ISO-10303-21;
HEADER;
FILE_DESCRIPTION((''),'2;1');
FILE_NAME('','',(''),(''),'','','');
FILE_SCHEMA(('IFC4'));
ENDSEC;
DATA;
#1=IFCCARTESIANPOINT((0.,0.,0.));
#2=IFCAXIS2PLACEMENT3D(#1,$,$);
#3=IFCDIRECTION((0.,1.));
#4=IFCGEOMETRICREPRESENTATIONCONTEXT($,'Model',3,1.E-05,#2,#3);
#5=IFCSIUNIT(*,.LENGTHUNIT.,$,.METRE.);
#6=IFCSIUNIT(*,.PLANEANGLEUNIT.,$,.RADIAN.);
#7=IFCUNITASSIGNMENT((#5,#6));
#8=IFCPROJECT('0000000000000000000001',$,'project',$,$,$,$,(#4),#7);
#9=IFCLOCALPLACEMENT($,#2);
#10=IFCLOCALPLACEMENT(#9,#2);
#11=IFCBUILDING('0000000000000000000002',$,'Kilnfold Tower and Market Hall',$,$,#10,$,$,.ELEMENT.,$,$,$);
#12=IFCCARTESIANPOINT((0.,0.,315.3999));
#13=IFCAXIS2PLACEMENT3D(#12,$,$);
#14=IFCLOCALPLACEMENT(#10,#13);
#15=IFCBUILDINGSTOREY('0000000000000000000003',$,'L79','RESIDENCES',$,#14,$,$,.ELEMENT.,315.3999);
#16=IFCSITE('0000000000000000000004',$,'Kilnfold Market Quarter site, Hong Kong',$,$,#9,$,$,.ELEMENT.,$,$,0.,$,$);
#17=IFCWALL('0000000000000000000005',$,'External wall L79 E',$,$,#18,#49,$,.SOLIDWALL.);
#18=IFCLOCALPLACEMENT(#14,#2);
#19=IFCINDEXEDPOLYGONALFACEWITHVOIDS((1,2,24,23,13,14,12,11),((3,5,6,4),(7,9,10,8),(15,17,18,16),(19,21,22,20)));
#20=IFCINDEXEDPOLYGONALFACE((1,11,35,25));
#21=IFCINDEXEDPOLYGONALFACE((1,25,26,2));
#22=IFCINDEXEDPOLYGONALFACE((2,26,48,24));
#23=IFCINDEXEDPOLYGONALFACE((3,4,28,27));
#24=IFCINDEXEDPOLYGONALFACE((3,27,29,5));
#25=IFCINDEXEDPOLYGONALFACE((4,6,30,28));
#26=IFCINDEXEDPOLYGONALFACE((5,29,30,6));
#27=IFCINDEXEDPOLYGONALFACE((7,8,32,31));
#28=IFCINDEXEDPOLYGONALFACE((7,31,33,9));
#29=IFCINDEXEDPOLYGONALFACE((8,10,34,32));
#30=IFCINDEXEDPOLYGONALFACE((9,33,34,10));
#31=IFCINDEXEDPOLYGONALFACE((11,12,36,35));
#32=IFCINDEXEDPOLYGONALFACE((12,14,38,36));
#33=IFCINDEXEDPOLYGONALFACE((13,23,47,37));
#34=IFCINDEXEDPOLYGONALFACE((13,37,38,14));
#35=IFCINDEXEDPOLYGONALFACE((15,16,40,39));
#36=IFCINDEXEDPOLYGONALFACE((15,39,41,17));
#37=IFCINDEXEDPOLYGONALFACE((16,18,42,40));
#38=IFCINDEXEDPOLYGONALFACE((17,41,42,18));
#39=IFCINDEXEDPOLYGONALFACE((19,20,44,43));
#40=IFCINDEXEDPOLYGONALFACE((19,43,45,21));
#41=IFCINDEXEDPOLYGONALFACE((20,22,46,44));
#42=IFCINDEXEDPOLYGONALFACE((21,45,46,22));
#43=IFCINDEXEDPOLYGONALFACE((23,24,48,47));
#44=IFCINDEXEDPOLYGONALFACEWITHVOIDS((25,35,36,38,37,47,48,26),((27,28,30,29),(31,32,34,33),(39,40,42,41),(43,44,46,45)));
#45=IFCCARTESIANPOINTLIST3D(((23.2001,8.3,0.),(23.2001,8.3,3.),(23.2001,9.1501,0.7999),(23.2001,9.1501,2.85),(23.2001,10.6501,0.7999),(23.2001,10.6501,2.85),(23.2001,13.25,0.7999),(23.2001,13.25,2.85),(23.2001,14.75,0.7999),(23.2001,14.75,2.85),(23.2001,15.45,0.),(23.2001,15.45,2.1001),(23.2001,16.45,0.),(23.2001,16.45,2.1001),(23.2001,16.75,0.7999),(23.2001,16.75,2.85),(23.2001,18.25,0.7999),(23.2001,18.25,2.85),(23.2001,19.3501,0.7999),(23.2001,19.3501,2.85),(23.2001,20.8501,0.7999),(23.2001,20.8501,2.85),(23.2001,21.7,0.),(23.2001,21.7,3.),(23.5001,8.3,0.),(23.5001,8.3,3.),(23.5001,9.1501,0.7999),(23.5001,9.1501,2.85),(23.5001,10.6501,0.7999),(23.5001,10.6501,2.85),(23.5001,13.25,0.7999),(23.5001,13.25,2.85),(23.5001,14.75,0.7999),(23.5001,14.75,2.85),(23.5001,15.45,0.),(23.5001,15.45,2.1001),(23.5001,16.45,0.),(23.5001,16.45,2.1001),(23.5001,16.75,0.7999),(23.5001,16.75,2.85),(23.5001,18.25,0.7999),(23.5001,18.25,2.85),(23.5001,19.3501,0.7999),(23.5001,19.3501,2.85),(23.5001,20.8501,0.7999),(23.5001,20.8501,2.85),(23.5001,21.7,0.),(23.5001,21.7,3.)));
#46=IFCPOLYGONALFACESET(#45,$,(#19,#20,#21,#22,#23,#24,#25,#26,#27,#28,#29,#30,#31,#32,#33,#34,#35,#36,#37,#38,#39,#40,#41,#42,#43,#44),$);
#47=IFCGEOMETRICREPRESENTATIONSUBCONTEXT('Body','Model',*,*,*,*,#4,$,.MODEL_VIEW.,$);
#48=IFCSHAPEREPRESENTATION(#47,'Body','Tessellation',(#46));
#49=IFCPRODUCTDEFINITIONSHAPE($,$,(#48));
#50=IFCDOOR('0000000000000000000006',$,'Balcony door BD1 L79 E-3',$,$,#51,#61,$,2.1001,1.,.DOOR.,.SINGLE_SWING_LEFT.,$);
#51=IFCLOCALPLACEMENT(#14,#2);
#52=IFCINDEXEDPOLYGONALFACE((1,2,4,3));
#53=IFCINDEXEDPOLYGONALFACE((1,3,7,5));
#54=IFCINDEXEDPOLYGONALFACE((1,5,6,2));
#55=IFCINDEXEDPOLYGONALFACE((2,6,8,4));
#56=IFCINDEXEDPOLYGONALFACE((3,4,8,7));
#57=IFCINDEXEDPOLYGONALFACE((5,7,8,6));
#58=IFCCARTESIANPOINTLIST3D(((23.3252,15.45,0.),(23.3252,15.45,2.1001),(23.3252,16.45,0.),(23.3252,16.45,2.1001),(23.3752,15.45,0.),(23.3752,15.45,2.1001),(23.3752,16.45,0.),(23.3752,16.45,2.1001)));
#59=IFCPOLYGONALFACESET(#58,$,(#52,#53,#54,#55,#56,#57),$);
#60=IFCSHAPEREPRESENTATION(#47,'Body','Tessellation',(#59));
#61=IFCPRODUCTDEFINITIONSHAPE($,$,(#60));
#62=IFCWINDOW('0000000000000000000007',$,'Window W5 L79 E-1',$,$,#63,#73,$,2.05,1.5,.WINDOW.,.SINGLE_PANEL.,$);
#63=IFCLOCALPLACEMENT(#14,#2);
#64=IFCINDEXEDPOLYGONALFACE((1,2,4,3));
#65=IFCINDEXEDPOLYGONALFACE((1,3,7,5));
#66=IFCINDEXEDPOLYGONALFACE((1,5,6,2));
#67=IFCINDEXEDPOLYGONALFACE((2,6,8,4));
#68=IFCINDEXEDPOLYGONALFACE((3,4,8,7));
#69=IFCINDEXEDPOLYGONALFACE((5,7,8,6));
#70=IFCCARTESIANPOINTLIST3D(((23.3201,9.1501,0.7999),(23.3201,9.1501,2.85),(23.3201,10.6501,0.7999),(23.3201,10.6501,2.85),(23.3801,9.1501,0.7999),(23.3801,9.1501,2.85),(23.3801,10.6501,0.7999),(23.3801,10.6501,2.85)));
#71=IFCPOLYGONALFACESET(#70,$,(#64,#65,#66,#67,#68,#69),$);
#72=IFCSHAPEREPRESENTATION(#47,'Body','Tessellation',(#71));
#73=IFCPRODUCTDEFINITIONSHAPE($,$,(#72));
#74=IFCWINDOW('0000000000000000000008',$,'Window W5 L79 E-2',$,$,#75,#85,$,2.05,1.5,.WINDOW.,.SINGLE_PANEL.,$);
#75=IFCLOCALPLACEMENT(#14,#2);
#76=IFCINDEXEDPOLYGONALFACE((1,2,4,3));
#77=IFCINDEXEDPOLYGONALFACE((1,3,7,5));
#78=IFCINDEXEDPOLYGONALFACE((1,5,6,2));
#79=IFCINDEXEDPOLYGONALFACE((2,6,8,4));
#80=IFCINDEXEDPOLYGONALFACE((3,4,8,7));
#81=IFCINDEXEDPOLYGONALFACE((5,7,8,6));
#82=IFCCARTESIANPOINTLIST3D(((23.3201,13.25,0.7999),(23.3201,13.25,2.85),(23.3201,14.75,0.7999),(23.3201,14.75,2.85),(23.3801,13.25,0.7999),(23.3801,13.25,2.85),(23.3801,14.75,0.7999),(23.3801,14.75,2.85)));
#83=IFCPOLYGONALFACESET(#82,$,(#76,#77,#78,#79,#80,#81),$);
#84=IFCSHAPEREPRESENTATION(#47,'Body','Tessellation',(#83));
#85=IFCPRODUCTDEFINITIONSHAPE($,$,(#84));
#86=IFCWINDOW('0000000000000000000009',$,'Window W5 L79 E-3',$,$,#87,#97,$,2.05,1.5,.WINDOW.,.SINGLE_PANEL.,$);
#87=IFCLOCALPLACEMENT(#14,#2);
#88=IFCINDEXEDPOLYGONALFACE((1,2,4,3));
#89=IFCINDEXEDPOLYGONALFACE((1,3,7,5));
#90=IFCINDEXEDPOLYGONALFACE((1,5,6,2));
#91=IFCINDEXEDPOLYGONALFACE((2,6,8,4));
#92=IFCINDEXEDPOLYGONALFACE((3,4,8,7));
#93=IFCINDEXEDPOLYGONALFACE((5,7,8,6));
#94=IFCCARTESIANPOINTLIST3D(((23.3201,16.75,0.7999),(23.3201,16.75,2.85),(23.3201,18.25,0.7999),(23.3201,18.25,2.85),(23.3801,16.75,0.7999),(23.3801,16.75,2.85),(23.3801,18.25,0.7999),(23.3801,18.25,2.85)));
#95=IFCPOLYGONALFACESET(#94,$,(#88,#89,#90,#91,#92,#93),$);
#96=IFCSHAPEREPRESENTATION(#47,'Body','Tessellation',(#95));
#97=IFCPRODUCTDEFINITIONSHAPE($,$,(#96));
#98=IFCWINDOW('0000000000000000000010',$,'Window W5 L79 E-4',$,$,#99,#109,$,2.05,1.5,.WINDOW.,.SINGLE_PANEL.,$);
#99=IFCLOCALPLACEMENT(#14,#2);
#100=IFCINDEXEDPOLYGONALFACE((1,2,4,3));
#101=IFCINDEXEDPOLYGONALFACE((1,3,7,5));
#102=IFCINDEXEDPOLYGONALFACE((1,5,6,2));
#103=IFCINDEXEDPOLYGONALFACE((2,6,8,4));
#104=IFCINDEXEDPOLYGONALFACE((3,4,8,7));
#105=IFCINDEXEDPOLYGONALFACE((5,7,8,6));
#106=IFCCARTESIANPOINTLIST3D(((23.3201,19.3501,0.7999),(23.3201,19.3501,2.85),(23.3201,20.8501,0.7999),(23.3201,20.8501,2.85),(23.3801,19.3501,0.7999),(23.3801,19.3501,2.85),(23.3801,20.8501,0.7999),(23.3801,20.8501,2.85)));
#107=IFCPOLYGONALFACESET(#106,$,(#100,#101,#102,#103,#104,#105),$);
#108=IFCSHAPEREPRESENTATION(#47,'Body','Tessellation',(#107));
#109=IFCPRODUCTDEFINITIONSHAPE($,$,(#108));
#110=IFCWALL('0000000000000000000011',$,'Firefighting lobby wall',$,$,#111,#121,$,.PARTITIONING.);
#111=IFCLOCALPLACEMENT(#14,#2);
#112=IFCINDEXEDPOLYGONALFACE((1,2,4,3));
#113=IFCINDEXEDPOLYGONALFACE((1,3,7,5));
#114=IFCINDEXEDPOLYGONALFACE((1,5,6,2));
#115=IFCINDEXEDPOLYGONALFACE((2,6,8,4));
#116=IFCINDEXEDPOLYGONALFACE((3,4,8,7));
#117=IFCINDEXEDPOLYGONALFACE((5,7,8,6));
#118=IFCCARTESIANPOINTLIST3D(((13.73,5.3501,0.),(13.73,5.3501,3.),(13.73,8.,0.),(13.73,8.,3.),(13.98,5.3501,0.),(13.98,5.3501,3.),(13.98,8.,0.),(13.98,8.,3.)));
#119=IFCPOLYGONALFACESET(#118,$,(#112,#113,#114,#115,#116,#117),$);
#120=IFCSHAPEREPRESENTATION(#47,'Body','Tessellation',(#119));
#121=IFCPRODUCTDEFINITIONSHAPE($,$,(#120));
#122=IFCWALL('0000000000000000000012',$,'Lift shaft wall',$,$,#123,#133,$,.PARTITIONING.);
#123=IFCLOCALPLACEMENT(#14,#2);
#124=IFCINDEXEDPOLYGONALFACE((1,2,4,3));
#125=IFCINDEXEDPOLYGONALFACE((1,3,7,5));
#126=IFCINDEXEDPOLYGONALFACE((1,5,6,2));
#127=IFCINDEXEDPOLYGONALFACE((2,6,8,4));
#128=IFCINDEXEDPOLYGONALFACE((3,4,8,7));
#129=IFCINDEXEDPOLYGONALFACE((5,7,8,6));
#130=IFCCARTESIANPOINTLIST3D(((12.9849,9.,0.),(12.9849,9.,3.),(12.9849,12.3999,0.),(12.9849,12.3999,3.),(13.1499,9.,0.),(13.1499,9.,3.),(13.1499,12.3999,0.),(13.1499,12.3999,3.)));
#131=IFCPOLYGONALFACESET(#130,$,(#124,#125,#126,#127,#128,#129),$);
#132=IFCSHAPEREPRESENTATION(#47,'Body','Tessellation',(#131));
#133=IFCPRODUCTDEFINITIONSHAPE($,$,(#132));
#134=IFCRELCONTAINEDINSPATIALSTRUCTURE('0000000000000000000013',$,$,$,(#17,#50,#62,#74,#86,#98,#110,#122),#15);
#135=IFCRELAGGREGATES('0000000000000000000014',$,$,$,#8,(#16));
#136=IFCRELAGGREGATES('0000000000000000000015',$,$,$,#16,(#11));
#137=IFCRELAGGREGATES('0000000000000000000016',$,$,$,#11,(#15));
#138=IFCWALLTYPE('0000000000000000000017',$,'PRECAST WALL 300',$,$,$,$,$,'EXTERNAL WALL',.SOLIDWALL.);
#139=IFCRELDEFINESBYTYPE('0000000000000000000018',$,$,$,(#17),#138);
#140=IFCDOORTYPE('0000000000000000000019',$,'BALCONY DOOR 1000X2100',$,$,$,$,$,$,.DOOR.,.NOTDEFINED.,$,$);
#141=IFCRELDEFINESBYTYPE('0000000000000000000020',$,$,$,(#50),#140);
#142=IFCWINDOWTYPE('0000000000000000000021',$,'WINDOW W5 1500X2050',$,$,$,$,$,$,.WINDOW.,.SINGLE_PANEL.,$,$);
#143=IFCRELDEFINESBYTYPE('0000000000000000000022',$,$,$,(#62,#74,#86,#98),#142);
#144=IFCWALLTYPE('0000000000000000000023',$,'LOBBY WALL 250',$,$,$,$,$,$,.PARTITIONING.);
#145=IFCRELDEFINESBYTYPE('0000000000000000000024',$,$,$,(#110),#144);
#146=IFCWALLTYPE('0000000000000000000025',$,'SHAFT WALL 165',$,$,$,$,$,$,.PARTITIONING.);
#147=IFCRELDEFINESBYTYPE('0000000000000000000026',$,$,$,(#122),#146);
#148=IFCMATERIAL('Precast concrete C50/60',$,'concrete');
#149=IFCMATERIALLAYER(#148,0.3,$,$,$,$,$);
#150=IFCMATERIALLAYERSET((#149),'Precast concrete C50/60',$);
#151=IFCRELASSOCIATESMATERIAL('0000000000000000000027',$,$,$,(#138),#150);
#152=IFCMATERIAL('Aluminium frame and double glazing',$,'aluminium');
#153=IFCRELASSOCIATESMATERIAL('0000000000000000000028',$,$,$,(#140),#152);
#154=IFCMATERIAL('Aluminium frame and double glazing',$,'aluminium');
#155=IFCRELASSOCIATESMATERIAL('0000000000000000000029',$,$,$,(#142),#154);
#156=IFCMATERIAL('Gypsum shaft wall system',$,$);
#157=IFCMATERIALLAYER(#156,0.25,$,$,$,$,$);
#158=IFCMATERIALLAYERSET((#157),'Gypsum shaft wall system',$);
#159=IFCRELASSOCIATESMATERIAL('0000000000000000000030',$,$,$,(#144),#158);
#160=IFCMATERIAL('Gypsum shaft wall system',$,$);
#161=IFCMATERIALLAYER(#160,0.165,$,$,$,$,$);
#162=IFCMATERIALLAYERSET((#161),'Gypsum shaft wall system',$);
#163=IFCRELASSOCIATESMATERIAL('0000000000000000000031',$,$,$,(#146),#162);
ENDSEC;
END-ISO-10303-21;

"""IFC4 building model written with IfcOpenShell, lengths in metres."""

from ifc_helpers import new_model, si_unit, direction, frame, frame_2d, origin, place, context, subcontext, project, spatial, rectangle, extrude, source, transform, mapped, material, layer, layer_set, type_object, element, fill, save


model = new_model("IFC4")

# Units and contexts
model_context = context("Model", 3, precision=1e-05, world=origin(), true_north=direction((0.0, 1.0)))
body_context = subcontext(model_context, "Body", "Model", "MODEL_VIEW")
ifc_project = project(units=[si_unit("LENGTHUNIT", "METRE"), si_unit("PLANEANGLEUNIT", "RADIAN")], contexts=[model_context])

# Site, building, storey
site_placement = place(None, origin())
site = spatial("IfcSite", under=ifc_project, at=site_placement, Name="Kilnfold Market Quarter site, Hong Kong", CompositionType="ELEMENT", RefElevation=0.0)
building_placement = place(site_placement, origin())
building = spatial("IfcBuilding", under=site, at=building_placement, Name="Kilnfold Tower and Market Hall", CompositionType="ELEMENT")
storey_placement = place(building_placement, frame((0.0, 0.0, 315.3999)))
storey = spatial("IfcBuildingStorey", under=building, at=storey_placement, Name="L79", Description="RESIDENCES", CompositionType="ELEMENT", Elevation=315.3999)

# Wall, openings, door, windows
ifc_material_1 = material(Name="Precast concrete C50/60", Category="concrete")
ifc_layer_1 = layer(ifc_material_1, 0.3)
ifc_layer_set_1 = layer_set([ifc_layer_1], Name="Precast concrete C50/60")
wall_type_1 = type_object("IfcWallType", Name="PRECAST WALL 300", ElementType="EXTERNAL WALL", PredefinedType="SOLIDWALL", material=ifc_layer_set_1)
ifc_material_2 = material(Name="Aluminium frame and double glazing", Category="aluminium")
door_type_1 = type_object("IfcDoorType", Name="BALCONY DOOR 1000X2100", OperationType="NOTDEFINED", PredefinedType="DOOR", material=ifc_material_2)
ifc_material_3 = material(Name="Aluminium frame and double glazing", Category="aluminium")
window_type = type_object("IfcWindowType", Name="WINDOW W5 1500X2050", PartitioningType="SINGLE_PANEL", PredefinedType="WINDOW", material=ifc_material_3)
shared_shape_1 = source(origin(), body_context, "Body", "SweptSolid", [
    extrude(rectangle(XDim=13.3999, YDim=0.3, at=frame_2d((6.7, 0.0))), origin(), (0.0, 0.0, 1.0), 3.0),
])
wall_1_placement = place(storey_placement, frame((23.3501, 8.3, 0.0), z_axis=(0.0, 0.0, 1.0), x_axis=(0.0, 1.0, 0.0)))
wall_1 = element("IfcWall", 1, at=wall_1_placement, inside=storey, type_object=wall_type_1, Name="External wall L79 E", PredefinedType="SOLIDWALL", context=body_context, shape_type="MappedRepresentation", body=[
    mapped(shared_shape_1, transform((0.0, 0.0, 0.0))),
])
opening_1_placement = place(wall_1_placement, frame((0.8501, 0.0, 0.8)))
opening_1 = element("IfcOpeningElement", 2, at=opening_1_placement, cuts=wall_1, PredefinedType="OPENING", context=body_context, shape_type="SweptSolid", body=[
    extrude(rectangle(XDim=1.5, YDim=2.05, at=frame_2d((0.75, 1.0249))), frame((0.0, 0.1602, 0.0), z_axis=(0.0, -1.0, 0.0), x_axis=(1.0, 0.0, 0.0)), (0.0, 0.0, 1.0), 0.3201),
])
opening_2_placement = place(wall_1_placement, frame((4.95, 0.0, 0.8)))
opening_2 = element("IfcOpeningElement", 3, at=opening_2_placement, cuts=wall_1, PredefinedType="OPENING", context=body_context, shape_type="SweptSolid", body=[
    extrude(rectangle(XDim=1.5, YDim=2.05, at=frame_2d((0.75, 1.0249))), frame((0.0, 0.1602, 0.0), z_axis=(0.0, -1.0, 0.0), x_axis=(1.0, 0.0, 0.0)), (0.0, 0.0, 1.0), 0.3201),
])
opening_3_placement = place(wall_1_placement, frame((8.45, 0.0, 0.8)))
opening_3 = element("IfcOpeningElement", 4, at=opening_3_placement, cuts=wall_1, PredefinedType="OPENING", context=body_context, shape_type="SweptSolid", body=[
    extrude(rectangle(XDim=1.5, YDim=2.05, at=frame_2d((0.75, 1.0249))), frame((0.0, 0.1602, 0.0), z_axis=(0.0, -1.0, 0.0), x_axis=(1.0, 0.0, 0.0)), (0.0, 0.0, 1.0), 0.3201),
])
opening_4_placement = place(wall_1_placement, frame((7.1499, 0.0, 0.0)))
opening_4 = element("IfcOpeningElement", 5, at=opening_4_placement, cuts=wall_1, PredefinedType="OPENING", context=body_context, shape_type="SweptSolid", body=[
    extrude(rectangle(XDim=1.0, YDim=2.1001, at=frame_2d((0.5, 1.05))), frame((0.0, 0.1602, 0.0), z_axis=(0.0, -1.0, 0.0), x_axis=(1.0, 0.0, 0.0)), (0.0, 0.0, 1.0), 0.3201),
])
opening_5_placement = place(wall_1_placement, frame((11.05, 0.0, 0.8)))
opening_5 = element("IfcOpeningElement", 6, at=opening_5_placement, cuts=wall_1, PredefinedType="OPENING", context=body_context, shape_type="SweptSolid", body=[
    extrude(rectangle(XDim=1.5, YDim=2.05, at=frame_2d((0.75, 1.0249))), frame((0.0, 0.1602, 0.0), z_axis=(0.0, -1.0, 0.0), x_axis=(1.0, 0.0, 0.0)), (0.0, 0.0, 1.0), 0.3201),
])
door_1_placement = place(opening_4_placement, origin())
door_1 = element("IfcDoor", 7, at=door_1_placement, inside=storey, type_object=door_type_1, Name="Balcony door BD1 L79 E-3", OperationType="SINGLE_SWING_LEFT", OverallHeight=2.1001, OverallWidth=1.0, PredefinedType="DOOR", context=body_context, shape_type="SweptSolid", body=[
    extrude(rectangle(XDim=1.0, YDim=2.1001, at=frame_2d((0.5, 1.05))), frame((0.0, 0.0249, 0.0), z_axis=(0.0, -1.0, 0.0), x_axis=(1.0, 0.0, 0.0)), (0.0, 0.0, 1.0), 0.05),
])
fill(opening_4, door_1)
window_1_placement = place(opening_1_placement, origin())
window_1 = element("IfcWindow", 8, at=window_1_placement, inside=storey, type_object=window_type, Name="Window W5 L79 E-1", OverallHeight=2.05, OverallWidth=1.5, PartitioningType="SINGLE_PANEL", PredefinedType="WINDOW", context=body_context, shape_type="SweptSolid", body=[
    extrude(rectangle(XDim=1.5, YDim=2.05, at=frame_2d((0.75, 1.0249))), frame((0.0, 0.03, 0.0), z_axis=(0.0, -1.0, 0.0), x_axis=(1.0, 0.0, 0.0)), (0.0, 0.0, 1.0), 0.0601),
])
fill(opening_1, window_1)
window_2_placement = place(opening_2_placement, origin())
window_2 = element("IfcWindow", 9, at=window_2_placement, inside=storey, type_object=window_type, Name="Window W5 L79 E-2", OverallHeight=2.05, OverallWidth=1.5, PartitioningType="SINGLE_PANEL", PredefinedType="WINDOW", context=body_context, shape_type="SweptSolid", body=[
    extrude(rectangle(XDim=1.5, YDim=2.05, at=frame_2d((0.75, 1.0249))), frame((0.0, 0.03, 0.0), z_axis=(0.0, -1.0, 0.0), x_axis=(1.0, 0.0, 0.0)), (0.0, 0.0, 1.0), 0.0601),
])
fill(opening_2, window_2)
window_3_placement = place(opening_3_placement, origin())
window_3 = element("IfcWindow", 10, at=window_3_placement, inside=storey, type_object=window_type, Name="Window W5 L79 E-3", OverallHeight=2.05, OverallWidth=1.5, PartitioningType="SINGLE_PANEL", PredefinedType="WINDOW", context=body_context, shape_type="SweptSolid", body=[
    extrude(rectangle(XDim=1.5, YDim=2.05, at=frame_2d((0.75, 1.0249))), frame((0.0, 0.03, 0.0), z_axis=(0.0, -1.0, 0.0), x_axis=(1.0, 0.0, 0.0)), (0.0, 0.0, 1.0), 0.0601),
])
fill(opening_3, window_3)
window_4_placement = place(opening_5_placement, origin())
window_4 = element("IfcWindow", 11, at=window_4_placement, inside=storey, type_object=window_type, Name="Window W5 L79 E-4", OverallHeight=2.05, OverallWidth=1.5, PartitioningType="SINGLE_PANEL", PredefinedType="WINDOW", context=body_context, shape_type="SweptSolid", body=[
    extrude(rectangle(XDim=1.5, YDim=2.05, at=frame_2d((0.75, 1.0249))), frame((0.0, 0.03, 0.0), z_axis=(0.0, -1.0, 0.0), x_axis=(1.0, 0.0, 0.0)), (0.0, 0.0, 1.0), 0.0601),
])
fill(opening_5, window_4)

# Walls
ifc_material_4 = material(Name="Gypsum shaft wall system")
ifc_layer_2 = layer(ifc_material_4, 0.25)
ifc_layer_set_2 = layer_set([ifc_layer_2], Name="Gypsum shaft wall system")
wall_type_2 = type_object("IfcWallType", Name="LOBBY WALL 250", PredefinedType="PARTITIONING", material=ifc_layer_set_2)
shared_shape_2 = source(origin(), body_context, "Body", "SweptSolid", [
    extrude(rectangle(XDim=2.6499, YDim=0.25, at=frame_2d((1.325, 0.0))), origin(), (0.0, 0.0, 1.0), 3.0),
])
wall_2_placement = place(storey_placement, frame((13.855, 5.3501, 0.0), z_axis=(0.0, 0.0, 1.0), x_axis=(0.0, 1.0, 0.0)))
element("IfcWall", 12, at=wall_2_placement, inside=storey, type_object=wall_type_2, Name="Firefighting lobby wall", PredefinedType="PARTITIONING", context=body_context, shape_type="MappedRepresentation", body=[
    mapped(shared_shape_2, transform((0.0, 0.0, 0.0))),
])
ifc_material_5 = material(Name="Gypsum shaft wall system")
ifc_layer_3 = layer(ifc_material_5, 0.165)
ifc_layer_set_3 = layer_set([ifc_layer_3], Name="Gypsum shaft wall system")
wall_type_3 = type_object("IfcWallType", Name="SHAFT WALL 165", PredefinedType="PARTITIONING", material=ifc_layer_set_3)
shared_shape_3 = source(origin(), body_context, "Body", "SweptSolid", [
    extrude(rectangle(XDim=3.3999, YDim=0.165, at=frame_2d((1.7, 0.0))), origin(), (0.0, 0.0, 1.0), 3.0),
])
wall_3_placement = place(storey_placement, frame((13.0674, 9.0, 0.0), z_axis=(0.0, 0.0, 1.0), x_axis=(0.0, 1.0, 0.0)))
element("IfcWall", 13, at=wall_3_placement, inside=storey, type_object=wall_type_3, Name="Lift shaft wall", PredefinedType="PARTITIONING", context=body_context, shape_type="MappedRepresentation", body=[
    mapped(shared_shape_3, transform((0.0, 0.0, 0.0))),
])

save(model, "model.ifc")
